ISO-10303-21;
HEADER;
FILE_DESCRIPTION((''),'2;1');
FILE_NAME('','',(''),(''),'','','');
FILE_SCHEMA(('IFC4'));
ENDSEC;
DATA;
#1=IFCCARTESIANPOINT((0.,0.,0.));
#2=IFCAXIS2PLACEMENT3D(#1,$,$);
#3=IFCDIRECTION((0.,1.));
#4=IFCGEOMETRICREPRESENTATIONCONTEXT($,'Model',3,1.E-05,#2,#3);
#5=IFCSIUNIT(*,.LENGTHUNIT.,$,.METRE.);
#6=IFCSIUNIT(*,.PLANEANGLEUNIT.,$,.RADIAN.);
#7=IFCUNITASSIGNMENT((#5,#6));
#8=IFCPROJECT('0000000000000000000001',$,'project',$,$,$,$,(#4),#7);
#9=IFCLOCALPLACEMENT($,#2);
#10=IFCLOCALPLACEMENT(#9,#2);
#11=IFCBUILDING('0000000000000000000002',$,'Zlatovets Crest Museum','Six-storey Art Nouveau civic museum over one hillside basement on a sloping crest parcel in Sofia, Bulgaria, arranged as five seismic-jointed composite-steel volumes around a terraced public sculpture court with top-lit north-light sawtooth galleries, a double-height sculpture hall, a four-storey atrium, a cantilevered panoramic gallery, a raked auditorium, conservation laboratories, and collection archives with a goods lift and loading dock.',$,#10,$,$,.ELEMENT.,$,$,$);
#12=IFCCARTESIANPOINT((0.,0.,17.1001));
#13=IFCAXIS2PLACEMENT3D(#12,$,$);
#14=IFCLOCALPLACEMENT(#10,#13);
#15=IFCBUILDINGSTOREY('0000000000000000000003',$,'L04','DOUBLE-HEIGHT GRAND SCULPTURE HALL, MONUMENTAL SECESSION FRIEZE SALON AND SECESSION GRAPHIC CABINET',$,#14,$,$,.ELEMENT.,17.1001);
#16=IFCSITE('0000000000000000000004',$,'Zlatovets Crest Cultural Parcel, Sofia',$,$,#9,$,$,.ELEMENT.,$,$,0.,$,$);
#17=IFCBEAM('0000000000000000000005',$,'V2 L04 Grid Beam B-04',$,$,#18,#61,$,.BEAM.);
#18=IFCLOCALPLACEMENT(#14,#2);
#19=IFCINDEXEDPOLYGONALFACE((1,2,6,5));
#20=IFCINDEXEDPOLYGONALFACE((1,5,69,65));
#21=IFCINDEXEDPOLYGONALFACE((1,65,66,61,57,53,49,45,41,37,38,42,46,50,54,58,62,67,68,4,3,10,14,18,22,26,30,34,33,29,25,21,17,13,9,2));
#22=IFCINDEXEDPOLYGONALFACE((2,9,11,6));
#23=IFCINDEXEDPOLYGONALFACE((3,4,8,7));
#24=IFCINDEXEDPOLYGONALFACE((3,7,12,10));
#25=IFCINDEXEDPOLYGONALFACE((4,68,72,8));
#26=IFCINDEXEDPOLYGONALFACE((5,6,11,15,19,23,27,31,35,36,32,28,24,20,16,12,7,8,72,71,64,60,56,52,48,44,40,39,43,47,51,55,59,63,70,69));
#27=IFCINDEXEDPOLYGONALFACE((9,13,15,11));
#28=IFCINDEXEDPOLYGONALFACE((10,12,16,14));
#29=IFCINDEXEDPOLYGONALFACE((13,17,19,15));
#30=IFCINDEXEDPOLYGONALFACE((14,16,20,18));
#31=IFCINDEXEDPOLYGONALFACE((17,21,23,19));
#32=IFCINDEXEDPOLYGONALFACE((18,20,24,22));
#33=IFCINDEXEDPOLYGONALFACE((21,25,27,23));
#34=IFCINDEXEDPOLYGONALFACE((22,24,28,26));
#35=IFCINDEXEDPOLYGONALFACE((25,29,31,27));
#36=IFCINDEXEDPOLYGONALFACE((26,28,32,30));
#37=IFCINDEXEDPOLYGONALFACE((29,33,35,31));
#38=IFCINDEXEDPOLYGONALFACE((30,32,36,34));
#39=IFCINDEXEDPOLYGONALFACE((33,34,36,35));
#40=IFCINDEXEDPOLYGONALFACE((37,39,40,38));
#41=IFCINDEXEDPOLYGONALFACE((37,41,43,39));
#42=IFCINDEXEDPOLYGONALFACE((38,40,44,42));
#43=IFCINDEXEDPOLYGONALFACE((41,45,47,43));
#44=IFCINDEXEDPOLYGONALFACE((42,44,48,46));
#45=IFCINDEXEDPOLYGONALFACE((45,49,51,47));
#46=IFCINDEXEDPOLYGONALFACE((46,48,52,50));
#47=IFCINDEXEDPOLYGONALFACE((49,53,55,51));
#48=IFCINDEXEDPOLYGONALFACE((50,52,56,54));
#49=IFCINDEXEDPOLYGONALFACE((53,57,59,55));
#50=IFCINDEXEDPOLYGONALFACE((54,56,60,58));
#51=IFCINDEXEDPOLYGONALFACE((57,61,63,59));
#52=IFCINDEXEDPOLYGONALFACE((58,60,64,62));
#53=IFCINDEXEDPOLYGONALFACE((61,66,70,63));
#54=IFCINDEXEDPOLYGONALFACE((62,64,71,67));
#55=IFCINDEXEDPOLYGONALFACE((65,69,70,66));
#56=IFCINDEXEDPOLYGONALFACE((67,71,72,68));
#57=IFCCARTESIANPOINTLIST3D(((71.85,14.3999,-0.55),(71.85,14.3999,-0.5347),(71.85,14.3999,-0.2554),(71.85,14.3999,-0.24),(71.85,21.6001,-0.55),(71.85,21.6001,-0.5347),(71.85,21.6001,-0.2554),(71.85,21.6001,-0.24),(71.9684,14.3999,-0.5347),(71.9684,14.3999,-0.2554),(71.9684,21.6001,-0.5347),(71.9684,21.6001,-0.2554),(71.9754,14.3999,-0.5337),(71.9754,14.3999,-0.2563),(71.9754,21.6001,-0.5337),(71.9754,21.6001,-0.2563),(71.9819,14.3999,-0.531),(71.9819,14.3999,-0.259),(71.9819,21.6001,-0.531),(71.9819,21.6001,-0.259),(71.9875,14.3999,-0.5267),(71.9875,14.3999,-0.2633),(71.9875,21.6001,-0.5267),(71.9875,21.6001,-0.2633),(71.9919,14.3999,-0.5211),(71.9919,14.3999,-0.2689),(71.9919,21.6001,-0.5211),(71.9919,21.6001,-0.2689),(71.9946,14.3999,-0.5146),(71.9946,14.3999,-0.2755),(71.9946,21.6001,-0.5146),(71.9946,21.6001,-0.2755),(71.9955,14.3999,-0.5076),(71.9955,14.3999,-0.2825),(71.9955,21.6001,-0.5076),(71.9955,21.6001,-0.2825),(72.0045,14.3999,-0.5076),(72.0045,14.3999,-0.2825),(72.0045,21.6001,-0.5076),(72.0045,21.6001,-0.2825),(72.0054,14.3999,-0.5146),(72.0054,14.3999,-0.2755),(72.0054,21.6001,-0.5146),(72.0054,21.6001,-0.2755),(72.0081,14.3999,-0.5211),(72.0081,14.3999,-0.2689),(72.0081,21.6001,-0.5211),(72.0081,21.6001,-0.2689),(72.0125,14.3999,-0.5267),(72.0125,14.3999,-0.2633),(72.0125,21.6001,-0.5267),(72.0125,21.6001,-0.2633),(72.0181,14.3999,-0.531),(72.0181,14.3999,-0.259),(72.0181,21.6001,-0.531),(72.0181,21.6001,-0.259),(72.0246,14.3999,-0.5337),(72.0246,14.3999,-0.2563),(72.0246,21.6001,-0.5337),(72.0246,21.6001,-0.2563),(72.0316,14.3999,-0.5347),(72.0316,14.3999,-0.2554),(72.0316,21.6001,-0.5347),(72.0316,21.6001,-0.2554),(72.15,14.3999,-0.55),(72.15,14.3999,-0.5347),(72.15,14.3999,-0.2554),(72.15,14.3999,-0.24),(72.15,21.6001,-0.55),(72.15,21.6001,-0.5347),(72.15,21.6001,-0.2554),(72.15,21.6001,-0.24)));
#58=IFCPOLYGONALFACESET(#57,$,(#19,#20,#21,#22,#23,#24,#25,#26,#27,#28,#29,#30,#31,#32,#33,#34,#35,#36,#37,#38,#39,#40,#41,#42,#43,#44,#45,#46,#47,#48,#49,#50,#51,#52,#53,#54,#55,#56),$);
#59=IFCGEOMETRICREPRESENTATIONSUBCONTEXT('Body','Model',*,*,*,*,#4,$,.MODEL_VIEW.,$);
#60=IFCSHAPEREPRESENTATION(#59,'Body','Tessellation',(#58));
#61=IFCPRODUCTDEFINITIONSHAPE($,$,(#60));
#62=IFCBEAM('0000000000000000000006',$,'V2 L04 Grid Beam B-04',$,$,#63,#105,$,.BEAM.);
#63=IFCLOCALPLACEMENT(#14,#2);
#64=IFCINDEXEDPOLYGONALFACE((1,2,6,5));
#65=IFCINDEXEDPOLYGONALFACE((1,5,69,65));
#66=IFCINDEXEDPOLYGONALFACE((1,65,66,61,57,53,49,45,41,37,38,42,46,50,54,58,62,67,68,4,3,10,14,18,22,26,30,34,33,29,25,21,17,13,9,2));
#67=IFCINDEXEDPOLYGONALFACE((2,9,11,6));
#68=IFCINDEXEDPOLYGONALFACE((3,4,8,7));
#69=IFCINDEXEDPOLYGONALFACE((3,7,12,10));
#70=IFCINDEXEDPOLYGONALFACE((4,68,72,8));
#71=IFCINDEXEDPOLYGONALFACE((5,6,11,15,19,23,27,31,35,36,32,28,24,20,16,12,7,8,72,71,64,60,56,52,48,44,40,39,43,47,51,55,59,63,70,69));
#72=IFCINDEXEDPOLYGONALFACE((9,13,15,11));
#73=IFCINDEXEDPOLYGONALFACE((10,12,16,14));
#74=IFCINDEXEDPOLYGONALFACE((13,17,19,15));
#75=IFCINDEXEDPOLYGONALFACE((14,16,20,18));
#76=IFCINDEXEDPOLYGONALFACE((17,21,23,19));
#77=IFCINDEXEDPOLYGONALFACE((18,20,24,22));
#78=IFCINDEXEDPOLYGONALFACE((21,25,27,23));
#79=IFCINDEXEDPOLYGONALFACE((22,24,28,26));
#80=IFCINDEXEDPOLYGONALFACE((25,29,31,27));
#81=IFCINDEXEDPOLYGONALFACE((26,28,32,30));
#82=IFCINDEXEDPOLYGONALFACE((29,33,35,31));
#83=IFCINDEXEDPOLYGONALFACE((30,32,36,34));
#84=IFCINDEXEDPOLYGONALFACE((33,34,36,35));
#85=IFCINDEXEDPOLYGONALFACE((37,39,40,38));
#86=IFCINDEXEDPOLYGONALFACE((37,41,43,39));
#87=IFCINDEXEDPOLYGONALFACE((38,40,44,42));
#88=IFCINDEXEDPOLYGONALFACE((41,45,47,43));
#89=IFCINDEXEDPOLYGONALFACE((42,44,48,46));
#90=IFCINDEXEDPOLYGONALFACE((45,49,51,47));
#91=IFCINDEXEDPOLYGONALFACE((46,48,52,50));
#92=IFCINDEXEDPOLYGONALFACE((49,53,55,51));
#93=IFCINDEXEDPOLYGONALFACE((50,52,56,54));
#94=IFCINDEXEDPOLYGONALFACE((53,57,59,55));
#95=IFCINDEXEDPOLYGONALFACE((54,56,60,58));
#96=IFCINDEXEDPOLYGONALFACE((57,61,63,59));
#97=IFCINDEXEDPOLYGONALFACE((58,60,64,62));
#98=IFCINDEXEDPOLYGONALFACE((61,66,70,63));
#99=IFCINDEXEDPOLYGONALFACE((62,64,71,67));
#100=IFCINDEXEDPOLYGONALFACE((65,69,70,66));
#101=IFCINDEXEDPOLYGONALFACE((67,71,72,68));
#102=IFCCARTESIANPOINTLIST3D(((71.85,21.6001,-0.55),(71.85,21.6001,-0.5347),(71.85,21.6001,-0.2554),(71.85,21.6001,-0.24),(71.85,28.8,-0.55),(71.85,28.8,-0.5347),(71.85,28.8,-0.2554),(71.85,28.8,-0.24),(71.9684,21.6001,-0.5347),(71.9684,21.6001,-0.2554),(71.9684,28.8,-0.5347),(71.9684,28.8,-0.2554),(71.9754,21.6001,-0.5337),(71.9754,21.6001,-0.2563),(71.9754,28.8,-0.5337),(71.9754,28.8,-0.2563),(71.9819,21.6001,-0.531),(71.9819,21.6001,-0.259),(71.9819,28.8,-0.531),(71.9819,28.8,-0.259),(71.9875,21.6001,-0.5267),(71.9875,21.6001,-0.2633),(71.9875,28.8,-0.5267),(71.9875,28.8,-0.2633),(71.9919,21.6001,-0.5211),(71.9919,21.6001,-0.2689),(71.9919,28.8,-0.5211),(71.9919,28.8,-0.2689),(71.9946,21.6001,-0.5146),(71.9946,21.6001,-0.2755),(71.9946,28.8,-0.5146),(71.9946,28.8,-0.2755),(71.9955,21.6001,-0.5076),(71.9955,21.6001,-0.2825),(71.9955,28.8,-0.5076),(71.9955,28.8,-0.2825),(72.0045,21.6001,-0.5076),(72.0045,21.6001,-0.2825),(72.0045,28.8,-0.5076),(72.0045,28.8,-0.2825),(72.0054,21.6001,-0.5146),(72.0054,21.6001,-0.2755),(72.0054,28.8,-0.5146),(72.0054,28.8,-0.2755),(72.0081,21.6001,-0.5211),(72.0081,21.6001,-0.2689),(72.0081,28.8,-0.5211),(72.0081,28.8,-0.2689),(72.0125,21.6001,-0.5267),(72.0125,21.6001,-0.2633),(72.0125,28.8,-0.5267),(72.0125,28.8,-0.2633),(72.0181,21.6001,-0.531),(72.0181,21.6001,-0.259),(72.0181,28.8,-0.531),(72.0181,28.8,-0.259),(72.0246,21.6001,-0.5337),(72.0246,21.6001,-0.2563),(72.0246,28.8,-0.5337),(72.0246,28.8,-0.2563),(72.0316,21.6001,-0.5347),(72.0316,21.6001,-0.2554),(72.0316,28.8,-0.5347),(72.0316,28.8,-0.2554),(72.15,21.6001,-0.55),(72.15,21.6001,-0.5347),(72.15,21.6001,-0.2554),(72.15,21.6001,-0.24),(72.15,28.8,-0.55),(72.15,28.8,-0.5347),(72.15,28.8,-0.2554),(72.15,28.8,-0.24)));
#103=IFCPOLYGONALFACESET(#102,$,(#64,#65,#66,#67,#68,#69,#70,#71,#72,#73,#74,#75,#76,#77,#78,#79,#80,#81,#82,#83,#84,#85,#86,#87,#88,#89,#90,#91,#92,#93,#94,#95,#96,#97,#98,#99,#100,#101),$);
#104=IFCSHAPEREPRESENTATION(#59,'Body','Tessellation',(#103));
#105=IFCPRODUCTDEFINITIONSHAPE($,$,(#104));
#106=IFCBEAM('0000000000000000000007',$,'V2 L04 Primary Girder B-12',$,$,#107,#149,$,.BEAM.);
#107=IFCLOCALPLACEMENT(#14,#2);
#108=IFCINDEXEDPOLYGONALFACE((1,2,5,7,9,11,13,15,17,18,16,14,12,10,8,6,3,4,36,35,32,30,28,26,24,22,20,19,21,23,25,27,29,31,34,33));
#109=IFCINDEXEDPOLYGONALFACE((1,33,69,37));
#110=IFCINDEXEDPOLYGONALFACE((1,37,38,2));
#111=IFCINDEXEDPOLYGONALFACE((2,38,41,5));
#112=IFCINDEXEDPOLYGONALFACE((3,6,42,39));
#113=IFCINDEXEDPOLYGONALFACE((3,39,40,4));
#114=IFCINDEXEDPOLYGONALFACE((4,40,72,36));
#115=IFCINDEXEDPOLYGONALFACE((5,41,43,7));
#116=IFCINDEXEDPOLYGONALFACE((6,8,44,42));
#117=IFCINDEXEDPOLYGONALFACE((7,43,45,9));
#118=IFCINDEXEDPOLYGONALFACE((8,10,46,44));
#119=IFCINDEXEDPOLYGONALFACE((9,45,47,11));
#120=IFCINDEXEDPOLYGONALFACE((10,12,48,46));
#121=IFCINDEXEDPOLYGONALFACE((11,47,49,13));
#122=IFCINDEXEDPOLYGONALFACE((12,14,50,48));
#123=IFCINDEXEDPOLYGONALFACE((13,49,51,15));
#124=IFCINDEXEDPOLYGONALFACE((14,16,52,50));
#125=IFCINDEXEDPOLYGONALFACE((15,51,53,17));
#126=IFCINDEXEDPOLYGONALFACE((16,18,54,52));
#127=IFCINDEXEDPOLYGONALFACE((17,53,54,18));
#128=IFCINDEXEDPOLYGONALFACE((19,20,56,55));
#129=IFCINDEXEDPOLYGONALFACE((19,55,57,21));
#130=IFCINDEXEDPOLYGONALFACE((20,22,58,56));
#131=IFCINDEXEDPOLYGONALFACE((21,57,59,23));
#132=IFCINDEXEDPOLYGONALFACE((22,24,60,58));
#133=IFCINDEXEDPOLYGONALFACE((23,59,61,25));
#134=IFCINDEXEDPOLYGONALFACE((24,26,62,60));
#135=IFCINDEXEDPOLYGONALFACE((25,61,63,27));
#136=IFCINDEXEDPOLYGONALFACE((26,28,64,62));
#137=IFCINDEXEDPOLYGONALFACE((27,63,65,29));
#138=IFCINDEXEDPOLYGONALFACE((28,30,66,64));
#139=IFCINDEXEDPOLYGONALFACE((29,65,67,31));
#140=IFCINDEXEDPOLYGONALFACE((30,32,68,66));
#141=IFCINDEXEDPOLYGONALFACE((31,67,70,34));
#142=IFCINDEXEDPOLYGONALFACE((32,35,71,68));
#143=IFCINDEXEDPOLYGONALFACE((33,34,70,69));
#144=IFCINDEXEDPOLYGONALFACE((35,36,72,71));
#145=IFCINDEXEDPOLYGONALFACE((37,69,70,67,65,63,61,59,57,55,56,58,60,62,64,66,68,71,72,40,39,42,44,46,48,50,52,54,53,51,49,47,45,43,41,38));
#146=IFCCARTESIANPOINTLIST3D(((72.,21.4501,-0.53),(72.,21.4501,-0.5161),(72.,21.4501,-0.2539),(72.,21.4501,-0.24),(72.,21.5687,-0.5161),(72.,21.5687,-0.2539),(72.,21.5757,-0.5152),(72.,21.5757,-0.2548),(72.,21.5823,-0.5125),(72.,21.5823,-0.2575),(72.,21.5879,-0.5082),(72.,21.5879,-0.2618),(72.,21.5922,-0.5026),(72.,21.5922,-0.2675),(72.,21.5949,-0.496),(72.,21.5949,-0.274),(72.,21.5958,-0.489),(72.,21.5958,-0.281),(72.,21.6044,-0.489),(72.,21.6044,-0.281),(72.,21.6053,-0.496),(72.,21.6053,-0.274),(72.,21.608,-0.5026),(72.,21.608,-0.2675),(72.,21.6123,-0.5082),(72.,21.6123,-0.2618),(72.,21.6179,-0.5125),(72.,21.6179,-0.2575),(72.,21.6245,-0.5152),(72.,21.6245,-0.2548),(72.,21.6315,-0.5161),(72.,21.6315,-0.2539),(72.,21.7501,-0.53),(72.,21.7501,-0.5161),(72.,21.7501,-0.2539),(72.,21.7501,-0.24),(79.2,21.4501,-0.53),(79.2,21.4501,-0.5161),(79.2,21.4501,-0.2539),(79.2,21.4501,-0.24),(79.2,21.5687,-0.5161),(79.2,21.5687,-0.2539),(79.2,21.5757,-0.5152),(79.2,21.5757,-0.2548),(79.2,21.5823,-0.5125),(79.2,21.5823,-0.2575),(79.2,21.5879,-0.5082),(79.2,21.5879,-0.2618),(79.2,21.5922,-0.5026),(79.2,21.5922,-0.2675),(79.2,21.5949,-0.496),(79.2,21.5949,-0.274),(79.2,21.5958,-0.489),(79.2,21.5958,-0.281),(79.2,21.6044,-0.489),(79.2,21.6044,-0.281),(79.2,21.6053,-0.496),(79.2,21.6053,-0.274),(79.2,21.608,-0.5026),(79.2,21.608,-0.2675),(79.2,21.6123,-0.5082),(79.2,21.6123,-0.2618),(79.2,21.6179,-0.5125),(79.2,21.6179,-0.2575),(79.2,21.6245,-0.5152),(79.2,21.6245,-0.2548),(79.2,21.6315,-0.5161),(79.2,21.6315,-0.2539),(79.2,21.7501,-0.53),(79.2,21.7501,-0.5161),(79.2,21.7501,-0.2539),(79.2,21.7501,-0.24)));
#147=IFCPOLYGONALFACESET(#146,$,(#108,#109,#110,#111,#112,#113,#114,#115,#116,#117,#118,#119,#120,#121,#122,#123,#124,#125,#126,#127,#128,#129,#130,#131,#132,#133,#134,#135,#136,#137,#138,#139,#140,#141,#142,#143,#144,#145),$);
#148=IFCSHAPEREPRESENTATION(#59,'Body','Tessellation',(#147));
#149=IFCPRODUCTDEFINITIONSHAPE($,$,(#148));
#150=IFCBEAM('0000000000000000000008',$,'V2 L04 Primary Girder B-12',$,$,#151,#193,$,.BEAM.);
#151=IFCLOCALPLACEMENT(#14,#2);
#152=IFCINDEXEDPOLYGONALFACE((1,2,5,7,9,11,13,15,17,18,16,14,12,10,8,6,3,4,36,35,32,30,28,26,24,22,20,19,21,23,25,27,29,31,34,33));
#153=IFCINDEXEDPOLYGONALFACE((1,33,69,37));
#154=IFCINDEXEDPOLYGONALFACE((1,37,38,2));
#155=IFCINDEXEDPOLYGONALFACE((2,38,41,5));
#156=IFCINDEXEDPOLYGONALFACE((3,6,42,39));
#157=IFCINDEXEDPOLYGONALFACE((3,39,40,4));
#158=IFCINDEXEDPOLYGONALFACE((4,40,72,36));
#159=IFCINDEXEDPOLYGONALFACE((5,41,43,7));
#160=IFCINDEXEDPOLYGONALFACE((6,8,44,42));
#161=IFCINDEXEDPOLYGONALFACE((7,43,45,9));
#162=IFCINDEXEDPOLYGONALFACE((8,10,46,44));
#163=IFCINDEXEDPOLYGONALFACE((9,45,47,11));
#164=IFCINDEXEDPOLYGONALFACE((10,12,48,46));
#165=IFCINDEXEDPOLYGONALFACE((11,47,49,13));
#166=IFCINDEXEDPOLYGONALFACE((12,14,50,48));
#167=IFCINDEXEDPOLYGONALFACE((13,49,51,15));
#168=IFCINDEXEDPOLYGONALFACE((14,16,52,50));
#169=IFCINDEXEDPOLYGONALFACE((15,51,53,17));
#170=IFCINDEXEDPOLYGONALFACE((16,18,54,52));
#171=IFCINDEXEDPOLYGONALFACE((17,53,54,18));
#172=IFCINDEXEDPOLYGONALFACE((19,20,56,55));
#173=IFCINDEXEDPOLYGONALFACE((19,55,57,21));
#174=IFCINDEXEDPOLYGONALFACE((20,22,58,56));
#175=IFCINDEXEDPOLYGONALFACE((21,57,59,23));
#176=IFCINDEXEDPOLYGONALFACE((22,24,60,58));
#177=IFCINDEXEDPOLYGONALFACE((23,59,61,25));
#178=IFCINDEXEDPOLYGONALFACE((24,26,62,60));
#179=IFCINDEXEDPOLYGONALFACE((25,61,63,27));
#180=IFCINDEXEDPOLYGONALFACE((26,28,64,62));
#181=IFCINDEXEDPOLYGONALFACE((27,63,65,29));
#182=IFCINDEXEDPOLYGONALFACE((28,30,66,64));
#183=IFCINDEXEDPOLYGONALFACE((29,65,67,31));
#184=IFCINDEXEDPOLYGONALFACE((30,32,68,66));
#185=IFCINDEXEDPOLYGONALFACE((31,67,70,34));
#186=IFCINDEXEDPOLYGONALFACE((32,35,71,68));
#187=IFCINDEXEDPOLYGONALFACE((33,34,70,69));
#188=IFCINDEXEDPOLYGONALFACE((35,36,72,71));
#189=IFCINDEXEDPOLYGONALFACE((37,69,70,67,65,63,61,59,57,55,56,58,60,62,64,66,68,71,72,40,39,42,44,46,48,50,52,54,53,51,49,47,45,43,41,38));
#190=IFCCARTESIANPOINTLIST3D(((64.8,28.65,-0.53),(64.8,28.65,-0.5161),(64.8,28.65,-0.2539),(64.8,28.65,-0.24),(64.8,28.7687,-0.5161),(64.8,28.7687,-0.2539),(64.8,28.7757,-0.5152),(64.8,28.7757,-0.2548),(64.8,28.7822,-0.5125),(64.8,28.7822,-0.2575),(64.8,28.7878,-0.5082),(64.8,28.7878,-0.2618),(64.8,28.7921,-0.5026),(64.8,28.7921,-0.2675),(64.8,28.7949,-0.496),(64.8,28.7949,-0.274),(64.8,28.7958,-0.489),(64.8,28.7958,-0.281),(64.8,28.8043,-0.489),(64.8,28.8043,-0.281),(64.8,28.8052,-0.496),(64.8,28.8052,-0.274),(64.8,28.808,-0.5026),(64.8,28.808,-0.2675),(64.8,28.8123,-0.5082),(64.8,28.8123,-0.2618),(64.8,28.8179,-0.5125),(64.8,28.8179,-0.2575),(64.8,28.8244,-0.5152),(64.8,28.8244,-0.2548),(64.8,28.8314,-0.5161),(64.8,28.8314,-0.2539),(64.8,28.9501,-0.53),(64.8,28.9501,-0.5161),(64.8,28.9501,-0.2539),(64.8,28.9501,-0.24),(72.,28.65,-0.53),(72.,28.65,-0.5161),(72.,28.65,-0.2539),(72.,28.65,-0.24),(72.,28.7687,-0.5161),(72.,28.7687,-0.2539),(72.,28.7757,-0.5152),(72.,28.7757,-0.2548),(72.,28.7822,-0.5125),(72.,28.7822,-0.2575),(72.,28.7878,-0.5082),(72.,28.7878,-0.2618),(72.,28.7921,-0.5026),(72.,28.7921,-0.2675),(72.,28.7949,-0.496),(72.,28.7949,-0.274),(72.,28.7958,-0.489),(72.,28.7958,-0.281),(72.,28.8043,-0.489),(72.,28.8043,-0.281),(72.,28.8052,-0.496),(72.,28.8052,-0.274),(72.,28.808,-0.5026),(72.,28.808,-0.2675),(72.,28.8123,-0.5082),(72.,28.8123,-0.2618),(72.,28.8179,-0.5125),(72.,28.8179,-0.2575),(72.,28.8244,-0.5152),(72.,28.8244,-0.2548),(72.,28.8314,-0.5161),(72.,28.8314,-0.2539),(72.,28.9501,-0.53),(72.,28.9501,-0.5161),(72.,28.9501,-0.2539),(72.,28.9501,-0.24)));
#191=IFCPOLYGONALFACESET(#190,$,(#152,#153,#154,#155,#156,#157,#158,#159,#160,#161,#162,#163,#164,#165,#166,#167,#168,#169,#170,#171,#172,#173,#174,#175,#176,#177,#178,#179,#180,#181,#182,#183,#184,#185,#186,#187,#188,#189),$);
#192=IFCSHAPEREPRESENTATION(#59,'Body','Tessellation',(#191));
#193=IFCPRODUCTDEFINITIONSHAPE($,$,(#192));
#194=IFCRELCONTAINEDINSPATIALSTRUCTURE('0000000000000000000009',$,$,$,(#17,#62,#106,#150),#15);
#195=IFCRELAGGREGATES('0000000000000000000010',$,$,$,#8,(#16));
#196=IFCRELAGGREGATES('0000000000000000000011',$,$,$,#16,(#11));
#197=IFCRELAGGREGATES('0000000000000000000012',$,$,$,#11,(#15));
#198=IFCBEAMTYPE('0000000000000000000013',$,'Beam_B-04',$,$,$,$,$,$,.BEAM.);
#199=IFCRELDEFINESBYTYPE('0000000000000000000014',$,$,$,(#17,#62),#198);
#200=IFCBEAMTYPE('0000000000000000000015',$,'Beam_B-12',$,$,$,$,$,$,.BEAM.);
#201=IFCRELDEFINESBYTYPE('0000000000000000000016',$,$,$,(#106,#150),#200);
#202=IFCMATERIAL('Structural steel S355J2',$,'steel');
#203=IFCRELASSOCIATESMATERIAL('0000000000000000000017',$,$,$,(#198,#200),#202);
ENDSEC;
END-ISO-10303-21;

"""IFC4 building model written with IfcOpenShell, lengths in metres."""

from ifc_helpers import new_model, si_unit, direction, frame, origin, origin_2d, place, context, subcontext, project, spatial, i_section, extrude, material, material_profile, profile_set, type_object, element, save


model = new_model("IFC4")

# Units and contexts
model_context = context("Model", 3, precision=1e-05, world=origin(), true_north=direction((0.0, 1.0)))
body_context = subcontext(model_context, "Body", "Model", "MODEL_VIEW")
ifc_project = project(units=[si_unit("LENGTHUNIT", "METRE"), si_unit("PLANEANGLEUNIT", "RADIAN")], contexts=[model_context])

# Site, building, storey
site_placement = place(None, origin())
site = spatial("IfcSite", under=ifc_project, at=site_placement, Name="Zlatovets Crest Cultural Parcel, Sofia", CompositionType="ELEMENT", RefElevation=0.0)
building_placement = place(site_placement, origin())
building = spatial("IfcBuilding", under=site, at=building_placement, Name="Zlatovets Crest Museum", Description="Six-storey Art Nouveau civic museum over one hillside basement on a sloping crest parcel in Sofia, Bulgaria, arranged as five seismic-jointed composite-steel volumes around a terraced public sculpture court with top-lit north-light sawtooth galleries, a double-height sculpture hall, a four-storey atrium, a cantilevered panoramic gallery, a raked auditorium, conservation laboratories, and collection archives with a goods lift and loading dock.", CompositionType="ELEMENT")
storey_placement = place(building_placement, frame((0.0, 0.0, 17.1001)))
storey = spatial("IfcBuildingStorey", under=building, at=storey_placement, Name="L04", Description="DOUBLE-HEIGHT GRAND SCULPTURE HALL, MONUMENTAL SECESSION FRIEZE SALON AND SECESSION GRAPHIC CABINET", CompositionType="ELEMENT", Elevation=17.1001)

# Shared definitions
ifc_material_1 = material(Name="Structural steel S355J2", Category="steel")

# Beams
ifc_material_profile_1 = material_profile(ifc_material_1, i_section(OverallWidth=0.3, OverallDepth=0.3101, WebThickness=0.009, FlangeThickness=0.0154, FilletRadius=0.0271, at=origin_2d()), Name="HEA 320")
ifc_profile_set_1 = profile_set([ifc_material_profile_1], Name="Structural steel S355J2")
beam_type_1 = type_object("IfcBeamType", Name="Beam_B-04", PredefinedType="BEAM", material=ifc_profile_set_1)
beam_1_placement = place(storey_placement, frame((72.0, 14.3999, -0.395), z_axis=(0.0, 1.0, 0.0), x_axis=(-1.0, 0.0, 0.0)))
element("IfcBeam", 1, at=beam_1_placement, inside=storey, type_object=beam_type_1, Name="V2 L04 Grid Beam B-04", PredefinedType="BEAM", context=body_context, shape_type="SweptSolid", body=[
    extrude(i_section(OverallWidth=0.3, OverallDepth=0.3101, WebThickness=0.009, FlangeThickness=0.0154, FilletRadius=0.0271, at=origin_2d()), origin(), (0.0, 0.0, 1.0), 7.2002),
])
beam_2_placement = place(storey_placement, frame((72.0, 21.6001, -0.395), z_axis=(0.0, 1.0, 0.0), x_axis=(-1.0, 0.0, 0.0)))
element("IfcBeam", 2, at=beam_2_placement, inside=storey, type_object=beam_type_1, Name="V2 L04 Grid Beam B-04", PredefinedType="BEAM", context=body_context, shape_type="SweptSolid", body=[
    extrude(i_section(OverallWidth=0.3, OverallDepth=0.3101, WebThickness=0.009, FlangeThickness=0.0154, FilletRadius=0.0271, at=origin_2d()), origin(), (0.0, 0.0, 1.0), 7.2),
])
ifc_material_profile_2 = material_profile(ifc_material_1, i_section(OverallWidth=0.3, OverallDepth=0.29, WebThickness=0.0085, FlangeThickness=0.0139, FilletRadius=0.0271, at=origin_2d()), Name="HEA 300")
ifc_profile_set_2 = profile_set([ifc_material_profile_2], Name="Structural steel S355J2")
beam_type_2 = type_object("IfcBeamType", Name="Beam_B-12", PredefinedType="BEAM", material=ifc_profile_set_2)
for number, where, z_axis, x_axis, name in (
    (3, (72.0, 21.6001, -0.385), (1.0, 0.0, 0.0), (0.0, 1.0, 0.0), "V2 L04 Primary Girder B-12"),
    (4, (64.8, 28.8, -0.385), (1.0, 0.0, 0.0), (0.0, 1.0, 0.0), "V2 L04 Primary Girder B-12"),
):
    element("IfcBeam", number, at=place(storey_placement, frame(where, z_axis=z_axis, x_axis=x_axis)), inside=storey, type_object=beam_type_2, Name=name, PredefinedType="BEAM", context=body_context, shape_type="SweptSolid", body=[
        extrude(i_section(OverallWidth=0.3, OverallDepth=0.29, WebThickness=0.0085, FlangeThickness=0.0139, FilletRadius=0.0271, at=origin_2d()), origin(), (0.0, 0.0, 1.0), 7.2),
    ])

save(model, "model.ifc")
